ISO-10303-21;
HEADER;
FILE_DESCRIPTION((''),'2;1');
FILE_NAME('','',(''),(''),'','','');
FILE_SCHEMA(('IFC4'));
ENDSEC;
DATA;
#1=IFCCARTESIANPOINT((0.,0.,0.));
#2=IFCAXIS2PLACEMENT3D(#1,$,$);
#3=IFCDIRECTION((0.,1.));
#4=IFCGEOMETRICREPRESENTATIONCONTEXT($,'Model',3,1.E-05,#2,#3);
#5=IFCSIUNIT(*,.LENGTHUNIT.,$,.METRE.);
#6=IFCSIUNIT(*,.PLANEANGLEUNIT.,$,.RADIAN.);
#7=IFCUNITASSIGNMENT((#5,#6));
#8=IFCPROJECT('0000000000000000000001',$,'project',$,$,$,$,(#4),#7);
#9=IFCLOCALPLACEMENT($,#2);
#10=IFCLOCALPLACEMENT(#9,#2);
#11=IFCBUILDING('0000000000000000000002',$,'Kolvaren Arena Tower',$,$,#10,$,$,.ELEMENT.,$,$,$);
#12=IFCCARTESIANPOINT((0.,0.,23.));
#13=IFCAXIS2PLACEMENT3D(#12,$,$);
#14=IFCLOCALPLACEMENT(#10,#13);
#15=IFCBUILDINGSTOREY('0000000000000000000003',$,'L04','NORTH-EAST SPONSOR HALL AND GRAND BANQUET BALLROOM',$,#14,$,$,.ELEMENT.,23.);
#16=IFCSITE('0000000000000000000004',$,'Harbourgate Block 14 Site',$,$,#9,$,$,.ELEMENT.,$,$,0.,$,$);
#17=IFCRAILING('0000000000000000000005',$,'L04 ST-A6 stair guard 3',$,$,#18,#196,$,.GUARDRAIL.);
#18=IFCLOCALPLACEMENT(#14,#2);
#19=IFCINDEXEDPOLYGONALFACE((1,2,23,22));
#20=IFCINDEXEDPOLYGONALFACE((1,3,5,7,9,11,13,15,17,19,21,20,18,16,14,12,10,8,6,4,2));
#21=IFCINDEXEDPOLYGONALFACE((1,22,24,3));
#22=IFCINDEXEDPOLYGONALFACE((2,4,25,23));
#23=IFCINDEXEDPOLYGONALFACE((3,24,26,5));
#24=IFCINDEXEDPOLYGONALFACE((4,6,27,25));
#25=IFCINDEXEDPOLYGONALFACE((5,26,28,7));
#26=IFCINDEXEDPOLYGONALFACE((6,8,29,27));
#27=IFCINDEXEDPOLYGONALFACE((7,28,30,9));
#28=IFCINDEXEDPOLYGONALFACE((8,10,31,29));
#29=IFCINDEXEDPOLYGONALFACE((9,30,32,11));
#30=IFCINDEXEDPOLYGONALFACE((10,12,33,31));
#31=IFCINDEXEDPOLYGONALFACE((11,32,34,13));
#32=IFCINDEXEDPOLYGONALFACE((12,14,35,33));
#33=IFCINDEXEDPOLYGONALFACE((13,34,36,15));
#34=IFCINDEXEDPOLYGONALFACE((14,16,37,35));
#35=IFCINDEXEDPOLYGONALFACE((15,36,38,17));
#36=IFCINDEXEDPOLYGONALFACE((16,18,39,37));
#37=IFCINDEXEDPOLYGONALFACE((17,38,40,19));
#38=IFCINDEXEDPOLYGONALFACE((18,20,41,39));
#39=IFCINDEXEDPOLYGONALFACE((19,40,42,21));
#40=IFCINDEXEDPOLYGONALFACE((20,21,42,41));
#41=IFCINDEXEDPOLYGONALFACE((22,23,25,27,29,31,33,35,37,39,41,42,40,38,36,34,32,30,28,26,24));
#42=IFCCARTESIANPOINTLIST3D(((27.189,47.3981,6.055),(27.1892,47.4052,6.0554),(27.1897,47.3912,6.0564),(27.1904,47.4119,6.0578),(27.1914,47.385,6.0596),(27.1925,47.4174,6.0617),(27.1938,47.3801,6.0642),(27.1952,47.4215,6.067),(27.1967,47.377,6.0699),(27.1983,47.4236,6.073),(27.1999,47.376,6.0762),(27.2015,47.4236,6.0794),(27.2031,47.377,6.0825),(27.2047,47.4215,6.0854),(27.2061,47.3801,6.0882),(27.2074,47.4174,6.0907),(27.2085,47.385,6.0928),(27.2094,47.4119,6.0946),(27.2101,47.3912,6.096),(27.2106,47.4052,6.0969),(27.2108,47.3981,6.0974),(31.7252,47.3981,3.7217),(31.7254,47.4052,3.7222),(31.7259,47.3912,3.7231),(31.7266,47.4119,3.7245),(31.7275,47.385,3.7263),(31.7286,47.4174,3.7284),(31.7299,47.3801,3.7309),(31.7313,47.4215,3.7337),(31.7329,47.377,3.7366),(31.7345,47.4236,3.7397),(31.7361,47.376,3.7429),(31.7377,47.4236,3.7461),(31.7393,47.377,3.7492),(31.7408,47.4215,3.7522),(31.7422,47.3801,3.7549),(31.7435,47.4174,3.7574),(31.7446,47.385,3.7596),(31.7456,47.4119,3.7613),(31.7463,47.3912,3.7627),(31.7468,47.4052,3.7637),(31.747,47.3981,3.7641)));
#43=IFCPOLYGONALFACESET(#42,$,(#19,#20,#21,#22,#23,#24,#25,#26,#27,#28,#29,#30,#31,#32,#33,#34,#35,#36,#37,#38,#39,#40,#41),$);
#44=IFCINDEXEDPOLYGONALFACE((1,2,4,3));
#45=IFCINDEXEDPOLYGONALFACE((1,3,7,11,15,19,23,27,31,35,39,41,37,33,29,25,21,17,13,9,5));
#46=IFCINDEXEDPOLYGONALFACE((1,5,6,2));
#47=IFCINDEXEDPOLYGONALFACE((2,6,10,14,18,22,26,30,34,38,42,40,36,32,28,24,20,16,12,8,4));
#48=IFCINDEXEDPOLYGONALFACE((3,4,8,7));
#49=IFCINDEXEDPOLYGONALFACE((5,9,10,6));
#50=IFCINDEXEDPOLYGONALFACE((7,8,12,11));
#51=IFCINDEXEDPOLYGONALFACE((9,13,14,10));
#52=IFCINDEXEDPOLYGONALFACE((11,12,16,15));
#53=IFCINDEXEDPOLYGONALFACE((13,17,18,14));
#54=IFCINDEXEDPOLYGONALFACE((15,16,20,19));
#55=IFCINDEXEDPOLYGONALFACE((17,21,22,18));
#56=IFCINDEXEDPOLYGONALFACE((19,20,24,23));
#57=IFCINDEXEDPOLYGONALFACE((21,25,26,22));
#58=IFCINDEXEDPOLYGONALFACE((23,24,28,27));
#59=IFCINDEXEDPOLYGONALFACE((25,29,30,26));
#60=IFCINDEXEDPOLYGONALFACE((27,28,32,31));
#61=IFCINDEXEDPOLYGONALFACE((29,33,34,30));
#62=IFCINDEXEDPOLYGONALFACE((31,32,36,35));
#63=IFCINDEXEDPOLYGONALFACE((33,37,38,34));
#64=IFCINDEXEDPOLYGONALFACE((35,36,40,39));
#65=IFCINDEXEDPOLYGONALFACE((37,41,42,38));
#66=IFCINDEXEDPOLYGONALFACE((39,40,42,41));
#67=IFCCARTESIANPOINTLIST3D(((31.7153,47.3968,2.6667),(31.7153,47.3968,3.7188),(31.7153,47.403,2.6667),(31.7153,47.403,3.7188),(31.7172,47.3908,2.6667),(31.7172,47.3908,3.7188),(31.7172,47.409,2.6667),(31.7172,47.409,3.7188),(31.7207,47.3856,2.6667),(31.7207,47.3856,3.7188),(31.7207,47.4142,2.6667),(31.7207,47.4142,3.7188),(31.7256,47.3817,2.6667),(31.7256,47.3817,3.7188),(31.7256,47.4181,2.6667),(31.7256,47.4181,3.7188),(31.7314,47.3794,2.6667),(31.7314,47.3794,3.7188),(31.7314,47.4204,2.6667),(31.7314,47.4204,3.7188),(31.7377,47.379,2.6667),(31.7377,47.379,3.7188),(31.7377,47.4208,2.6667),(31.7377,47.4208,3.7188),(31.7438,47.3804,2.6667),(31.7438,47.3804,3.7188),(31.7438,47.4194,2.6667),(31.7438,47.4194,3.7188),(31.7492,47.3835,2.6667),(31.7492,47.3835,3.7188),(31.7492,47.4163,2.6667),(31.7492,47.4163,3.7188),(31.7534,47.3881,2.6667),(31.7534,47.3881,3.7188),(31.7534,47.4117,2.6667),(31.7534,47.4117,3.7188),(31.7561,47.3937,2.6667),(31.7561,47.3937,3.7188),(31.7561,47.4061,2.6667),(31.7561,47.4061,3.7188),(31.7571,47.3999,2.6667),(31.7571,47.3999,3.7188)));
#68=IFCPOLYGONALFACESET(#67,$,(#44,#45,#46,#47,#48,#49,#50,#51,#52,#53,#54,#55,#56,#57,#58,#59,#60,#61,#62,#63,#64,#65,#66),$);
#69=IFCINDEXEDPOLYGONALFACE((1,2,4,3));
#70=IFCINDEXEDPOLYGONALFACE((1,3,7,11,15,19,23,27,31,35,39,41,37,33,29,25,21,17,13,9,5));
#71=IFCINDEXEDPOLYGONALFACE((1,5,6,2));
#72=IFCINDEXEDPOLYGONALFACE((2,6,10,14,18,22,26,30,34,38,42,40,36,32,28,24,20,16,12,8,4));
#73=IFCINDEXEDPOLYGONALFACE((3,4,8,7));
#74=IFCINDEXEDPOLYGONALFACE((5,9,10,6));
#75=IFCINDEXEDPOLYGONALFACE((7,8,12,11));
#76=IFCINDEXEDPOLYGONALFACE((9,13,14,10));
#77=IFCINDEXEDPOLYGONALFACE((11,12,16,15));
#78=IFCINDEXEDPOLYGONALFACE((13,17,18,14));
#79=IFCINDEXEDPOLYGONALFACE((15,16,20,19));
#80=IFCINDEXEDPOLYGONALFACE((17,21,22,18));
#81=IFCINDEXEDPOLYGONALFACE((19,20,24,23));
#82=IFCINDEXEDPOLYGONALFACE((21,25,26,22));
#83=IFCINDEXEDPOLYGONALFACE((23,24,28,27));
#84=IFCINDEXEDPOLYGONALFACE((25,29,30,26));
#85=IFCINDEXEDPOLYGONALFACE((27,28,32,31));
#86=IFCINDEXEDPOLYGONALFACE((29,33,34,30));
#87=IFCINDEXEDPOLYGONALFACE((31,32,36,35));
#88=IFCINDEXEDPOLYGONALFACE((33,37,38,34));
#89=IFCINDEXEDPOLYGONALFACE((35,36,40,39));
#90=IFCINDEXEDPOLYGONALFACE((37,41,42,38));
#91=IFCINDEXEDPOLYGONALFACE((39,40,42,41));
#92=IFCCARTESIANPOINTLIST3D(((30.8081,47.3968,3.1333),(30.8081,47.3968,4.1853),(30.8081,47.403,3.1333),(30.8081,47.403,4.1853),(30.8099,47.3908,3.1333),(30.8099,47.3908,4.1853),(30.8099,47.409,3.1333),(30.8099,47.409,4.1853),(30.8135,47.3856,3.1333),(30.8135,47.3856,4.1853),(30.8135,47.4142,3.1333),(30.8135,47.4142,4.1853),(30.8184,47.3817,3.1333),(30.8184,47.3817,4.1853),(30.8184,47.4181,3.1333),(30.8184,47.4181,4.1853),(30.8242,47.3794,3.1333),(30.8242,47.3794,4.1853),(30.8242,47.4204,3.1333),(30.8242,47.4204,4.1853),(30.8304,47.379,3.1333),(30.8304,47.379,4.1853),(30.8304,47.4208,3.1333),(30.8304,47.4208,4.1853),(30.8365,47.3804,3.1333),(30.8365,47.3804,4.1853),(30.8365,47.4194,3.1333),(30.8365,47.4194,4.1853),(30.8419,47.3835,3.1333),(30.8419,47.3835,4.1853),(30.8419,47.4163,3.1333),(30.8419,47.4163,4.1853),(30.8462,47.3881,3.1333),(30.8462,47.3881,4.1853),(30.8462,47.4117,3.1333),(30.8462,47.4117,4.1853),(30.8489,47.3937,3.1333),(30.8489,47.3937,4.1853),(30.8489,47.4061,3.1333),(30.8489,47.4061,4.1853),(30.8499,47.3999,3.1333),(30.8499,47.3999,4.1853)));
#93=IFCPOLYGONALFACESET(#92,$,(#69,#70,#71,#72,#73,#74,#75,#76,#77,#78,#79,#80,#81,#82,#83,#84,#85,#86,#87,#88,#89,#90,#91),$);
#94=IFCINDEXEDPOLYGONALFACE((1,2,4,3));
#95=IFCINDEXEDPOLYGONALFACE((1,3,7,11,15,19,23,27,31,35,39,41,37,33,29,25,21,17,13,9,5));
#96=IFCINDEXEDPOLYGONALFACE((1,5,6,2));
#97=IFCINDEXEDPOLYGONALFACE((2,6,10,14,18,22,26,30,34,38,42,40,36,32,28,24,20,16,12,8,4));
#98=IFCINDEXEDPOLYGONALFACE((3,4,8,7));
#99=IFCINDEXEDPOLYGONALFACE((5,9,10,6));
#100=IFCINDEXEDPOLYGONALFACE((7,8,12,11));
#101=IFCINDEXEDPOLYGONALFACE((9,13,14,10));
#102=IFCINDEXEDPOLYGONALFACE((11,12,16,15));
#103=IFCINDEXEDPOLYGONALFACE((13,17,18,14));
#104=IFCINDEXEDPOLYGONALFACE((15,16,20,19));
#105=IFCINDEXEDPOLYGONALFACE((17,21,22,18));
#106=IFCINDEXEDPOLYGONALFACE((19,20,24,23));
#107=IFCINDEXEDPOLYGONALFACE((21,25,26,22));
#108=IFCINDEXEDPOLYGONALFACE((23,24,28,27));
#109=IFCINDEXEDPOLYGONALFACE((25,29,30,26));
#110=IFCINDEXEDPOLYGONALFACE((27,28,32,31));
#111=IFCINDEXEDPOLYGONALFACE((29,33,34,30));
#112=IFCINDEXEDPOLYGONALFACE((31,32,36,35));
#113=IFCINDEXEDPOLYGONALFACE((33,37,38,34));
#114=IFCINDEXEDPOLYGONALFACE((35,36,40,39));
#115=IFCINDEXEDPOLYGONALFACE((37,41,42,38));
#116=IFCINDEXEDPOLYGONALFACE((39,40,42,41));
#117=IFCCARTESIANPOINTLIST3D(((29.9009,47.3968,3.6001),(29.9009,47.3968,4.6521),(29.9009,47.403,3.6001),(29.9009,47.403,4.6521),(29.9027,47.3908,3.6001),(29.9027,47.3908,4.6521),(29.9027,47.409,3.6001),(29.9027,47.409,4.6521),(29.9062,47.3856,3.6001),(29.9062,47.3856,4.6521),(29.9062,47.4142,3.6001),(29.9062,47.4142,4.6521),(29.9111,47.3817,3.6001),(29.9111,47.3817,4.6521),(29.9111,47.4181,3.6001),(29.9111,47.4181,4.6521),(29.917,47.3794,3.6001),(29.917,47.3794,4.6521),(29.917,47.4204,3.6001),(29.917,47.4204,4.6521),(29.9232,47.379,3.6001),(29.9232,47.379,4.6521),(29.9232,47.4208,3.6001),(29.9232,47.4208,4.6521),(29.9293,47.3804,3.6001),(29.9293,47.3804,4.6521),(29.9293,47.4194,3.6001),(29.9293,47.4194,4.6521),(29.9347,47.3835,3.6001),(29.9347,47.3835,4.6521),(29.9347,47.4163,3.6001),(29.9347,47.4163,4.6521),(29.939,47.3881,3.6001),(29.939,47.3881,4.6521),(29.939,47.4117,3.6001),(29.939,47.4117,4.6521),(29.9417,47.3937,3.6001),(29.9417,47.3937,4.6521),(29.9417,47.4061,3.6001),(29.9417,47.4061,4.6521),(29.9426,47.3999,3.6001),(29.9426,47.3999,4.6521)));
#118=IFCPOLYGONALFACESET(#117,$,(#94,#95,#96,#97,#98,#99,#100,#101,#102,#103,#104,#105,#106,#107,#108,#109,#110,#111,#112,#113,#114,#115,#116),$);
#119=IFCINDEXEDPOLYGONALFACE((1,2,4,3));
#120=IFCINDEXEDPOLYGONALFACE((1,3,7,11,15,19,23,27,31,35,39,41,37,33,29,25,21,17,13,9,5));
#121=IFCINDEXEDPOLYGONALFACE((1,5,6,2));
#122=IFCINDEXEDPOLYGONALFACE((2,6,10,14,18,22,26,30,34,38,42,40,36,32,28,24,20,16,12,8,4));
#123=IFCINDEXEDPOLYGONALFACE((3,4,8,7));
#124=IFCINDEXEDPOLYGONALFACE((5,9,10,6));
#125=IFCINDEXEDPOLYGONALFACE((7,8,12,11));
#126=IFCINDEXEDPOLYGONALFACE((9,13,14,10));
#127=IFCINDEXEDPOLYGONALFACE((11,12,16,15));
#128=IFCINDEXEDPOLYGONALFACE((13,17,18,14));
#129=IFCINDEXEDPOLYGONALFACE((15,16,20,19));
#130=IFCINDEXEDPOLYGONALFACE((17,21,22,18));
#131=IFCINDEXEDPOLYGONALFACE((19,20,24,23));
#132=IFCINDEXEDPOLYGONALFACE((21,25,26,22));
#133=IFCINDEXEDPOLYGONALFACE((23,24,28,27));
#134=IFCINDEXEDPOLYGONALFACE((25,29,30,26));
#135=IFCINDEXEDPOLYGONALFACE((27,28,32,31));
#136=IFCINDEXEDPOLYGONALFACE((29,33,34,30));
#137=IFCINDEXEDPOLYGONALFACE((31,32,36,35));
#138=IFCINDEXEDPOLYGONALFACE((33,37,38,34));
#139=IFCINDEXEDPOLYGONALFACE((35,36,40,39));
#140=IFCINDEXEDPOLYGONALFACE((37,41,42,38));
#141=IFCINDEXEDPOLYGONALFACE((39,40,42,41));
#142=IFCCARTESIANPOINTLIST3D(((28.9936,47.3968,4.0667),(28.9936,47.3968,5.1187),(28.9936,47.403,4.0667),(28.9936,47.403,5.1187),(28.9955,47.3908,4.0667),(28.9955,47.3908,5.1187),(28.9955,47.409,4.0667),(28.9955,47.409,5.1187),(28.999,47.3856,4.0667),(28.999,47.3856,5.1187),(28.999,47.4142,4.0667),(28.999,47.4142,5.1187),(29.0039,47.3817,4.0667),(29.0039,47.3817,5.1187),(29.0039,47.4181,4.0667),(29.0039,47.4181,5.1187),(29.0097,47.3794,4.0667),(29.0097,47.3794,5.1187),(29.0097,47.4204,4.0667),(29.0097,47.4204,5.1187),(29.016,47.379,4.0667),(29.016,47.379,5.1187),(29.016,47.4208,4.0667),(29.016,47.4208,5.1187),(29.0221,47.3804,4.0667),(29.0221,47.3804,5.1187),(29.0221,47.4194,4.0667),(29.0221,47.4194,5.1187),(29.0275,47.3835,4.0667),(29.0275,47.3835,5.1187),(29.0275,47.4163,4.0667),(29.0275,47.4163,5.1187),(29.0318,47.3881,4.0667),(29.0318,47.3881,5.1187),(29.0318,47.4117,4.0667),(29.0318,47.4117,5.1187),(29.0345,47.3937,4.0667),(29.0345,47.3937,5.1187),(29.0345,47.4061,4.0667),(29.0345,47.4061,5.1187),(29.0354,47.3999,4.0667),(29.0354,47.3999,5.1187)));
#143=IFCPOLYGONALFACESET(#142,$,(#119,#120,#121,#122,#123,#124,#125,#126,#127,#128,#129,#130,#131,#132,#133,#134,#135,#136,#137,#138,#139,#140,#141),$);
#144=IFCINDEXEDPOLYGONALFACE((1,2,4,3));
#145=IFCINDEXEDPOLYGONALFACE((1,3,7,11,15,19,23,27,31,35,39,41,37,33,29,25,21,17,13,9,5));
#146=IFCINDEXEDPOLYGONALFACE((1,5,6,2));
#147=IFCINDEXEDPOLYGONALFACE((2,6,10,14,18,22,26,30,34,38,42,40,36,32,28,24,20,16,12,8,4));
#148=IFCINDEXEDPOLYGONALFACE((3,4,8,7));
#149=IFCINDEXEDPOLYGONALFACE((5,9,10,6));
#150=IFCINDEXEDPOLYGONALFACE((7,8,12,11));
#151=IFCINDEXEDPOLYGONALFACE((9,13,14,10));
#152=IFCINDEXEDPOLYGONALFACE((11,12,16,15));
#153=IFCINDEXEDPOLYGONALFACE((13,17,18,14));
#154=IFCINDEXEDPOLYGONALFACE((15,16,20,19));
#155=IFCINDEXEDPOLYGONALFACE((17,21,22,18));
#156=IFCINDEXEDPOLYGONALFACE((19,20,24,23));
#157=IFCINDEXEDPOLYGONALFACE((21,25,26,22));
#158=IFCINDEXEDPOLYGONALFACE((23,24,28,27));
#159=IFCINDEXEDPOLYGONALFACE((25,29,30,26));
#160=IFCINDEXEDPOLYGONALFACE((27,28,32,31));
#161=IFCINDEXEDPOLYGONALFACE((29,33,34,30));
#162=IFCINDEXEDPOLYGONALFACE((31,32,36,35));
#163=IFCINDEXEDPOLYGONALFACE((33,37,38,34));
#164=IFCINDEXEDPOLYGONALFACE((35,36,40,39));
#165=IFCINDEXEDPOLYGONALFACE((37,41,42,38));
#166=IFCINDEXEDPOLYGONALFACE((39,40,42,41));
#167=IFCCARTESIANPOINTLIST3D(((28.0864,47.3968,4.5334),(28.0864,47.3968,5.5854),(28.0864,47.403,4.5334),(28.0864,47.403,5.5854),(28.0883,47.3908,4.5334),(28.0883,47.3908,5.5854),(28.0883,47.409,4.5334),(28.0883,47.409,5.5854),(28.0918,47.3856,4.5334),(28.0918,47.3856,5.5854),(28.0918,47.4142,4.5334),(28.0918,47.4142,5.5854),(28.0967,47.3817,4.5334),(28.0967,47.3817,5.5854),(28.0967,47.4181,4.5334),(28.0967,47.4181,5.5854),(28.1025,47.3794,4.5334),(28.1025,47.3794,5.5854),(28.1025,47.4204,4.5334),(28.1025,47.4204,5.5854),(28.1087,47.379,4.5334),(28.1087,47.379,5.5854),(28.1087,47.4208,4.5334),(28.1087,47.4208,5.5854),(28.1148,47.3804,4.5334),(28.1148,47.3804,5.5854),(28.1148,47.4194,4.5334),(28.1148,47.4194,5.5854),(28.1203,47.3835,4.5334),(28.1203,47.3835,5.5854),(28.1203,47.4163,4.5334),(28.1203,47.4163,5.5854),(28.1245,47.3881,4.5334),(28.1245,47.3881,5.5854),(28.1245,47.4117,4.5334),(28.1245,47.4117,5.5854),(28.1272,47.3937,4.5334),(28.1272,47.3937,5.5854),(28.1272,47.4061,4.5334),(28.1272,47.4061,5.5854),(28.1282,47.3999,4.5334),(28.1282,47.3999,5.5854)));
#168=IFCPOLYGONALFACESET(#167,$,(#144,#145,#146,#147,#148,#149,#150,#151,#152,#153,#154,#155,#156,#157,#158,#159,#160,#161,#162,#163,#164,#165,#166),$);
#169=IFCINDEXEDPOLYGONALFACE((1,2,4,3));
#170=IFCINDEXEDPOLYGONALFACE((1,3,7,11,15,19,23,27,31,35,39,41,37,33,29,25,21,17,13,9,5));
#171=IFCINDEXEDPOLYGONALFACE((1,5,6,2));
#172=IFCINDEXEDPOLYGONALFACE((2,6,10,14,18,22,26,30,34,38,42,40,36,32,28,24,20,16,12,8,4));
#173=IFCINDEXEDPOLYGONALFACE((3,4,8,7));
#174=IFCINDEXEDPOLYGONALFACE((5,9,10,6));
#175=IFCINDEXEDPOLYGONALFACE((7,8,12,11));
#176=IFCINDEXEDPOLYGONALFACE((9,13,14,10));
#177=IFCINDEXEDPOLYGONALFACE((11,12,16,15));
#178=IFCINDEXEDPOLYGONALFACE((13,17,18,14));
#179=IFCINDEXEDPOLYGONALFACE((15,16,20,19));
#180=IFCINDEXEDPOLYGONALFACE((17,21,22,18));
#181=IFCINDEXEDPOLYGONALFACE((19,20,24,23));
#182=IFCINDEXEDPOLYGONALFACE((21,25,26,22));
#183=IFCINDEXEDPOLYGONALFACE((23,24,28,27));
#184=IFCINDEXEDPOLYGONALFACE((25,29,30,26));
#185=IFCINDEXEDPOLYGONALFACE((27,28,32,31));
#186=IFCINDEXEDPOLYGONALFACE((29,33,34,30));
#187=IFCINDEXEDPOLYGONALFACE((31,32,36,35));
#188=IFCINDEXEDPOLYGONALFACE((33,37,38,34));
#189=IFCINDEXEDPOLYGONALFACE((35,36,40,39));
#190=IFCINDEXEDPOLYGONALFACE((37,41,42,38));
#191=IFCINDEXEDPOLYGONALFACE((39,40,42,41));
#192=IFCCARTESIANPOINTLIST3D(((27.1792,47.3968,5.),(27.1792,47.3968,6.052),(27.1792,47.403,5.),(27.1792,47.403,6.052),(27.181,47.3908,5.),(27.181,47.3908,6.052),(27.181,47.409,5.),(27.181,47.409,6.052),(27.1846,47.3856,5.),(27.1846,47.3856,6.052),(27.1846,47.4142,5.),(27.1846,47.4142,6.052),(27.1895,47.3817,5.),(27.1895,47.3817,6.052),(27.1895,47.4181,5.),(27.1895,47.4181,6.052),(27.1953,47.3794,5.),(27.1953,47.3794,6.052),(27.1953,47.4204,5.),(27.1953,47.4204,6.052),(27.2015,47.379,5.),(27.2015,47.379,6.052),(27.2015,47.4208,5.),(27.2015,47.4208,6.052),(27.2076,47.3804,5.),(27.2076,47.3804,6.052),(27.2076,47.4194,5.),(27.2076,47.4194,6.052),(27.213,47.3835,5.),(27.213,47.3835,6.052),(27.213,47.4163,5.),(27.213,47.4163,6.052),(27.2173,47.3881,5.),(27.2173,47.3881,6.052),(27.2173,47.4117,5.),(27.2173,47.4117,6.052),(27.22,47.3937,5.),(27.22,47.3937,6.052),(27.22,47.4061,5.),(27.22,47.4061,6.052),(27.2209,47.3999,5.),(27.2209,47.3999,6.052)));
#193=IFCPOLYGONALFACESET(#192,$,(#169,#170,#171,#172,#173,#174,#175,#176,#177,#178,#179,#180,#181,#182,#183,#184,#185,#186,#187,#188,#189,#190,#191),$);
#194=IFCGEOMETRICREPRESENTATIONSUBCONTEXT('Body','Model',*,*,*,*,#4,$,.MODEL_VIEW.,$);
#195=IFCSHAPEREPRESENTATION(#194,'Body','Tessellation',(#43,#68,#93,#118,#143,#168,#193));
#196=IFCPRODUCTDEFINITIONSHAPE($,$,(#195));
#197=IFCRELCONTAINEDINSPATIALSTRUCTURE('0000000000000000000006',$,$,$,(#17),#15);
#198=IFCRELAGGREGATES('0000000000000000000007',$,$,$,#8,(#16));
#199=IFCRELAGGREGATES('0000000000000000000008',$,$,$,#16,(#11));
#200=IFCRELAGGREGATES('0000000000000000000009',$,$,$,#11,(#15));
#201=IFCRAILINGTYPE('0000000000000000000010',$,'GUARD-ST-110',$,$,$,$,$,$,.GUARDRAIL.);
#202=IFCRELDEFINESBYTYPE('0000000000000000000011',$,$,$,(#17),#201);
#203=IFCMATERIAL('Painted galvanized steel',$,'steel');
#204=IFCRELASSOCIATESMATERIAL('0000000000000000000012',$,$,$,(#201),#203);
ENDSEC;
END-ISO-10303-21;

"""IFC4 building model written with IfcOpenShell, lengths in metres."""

from ifc_helpers import new_model, si_unit, direction, frame, origin, origin_2d, place, context, subcontext, project, spatial, circle, extrude, material, type_object, element, save


model = new_model("IFC4")

# Units and contexts
model_context = context("Model", 3, precision=1e-05, world=origin(), true_north=direction((0.0, 1.0)))
body_context = subcontext(model_context, "Body", "Model", "MODEL_VIEW")
ifc_project = project(units=[si_unit("LENGTHUNIT", "METRE"), si_unit("PLANEANGLEUNIT", "RADIAN")], contexts=[model_context])

# Site, building, storey
site_placement = place(None, origin())
site = spatial("IfcSite", under=ifc_project, at=site_placement, Name="Harbourgate Block 14 Site", CompositionType="ELEMENT", RefElevation=0.0)
building_placement = place(site_placement, origin())
building = spatial("IfcBuilding", under=site, at=building_placement, Name="Kolvaren Arena Tower", CompositionType="ELEMENT")
storey_placement = place(building_placement, frame((0.0, 0.0, 23.0)))
storey = spatial("IfcBuildingStorey", under=building, at=storey_placement, Name="L04", Description="NORTH-EAST SPONSOR HALL AND GRAND BANQUET BALLROOM", CompositionType="ELEMENT", Elevation=23.0)

# Railing
ifc_material_1 = material(Name="Painted galvanized steel", Category="steel")
railing_type_1 = type_object("IfcRailingType", Name="GUARD-ST-110", PredefinedType="GUARDRAIL", material=ifc_material_1)
railing_1_placement = place(storey_placement, frame((31.7361, 47.3999, 2.6667)))
element("IfcRailing", 1, at=railing_1_placement, inside=storey, type_object=railing_type_1, Name="L04 ST-A6 stair guard 3", PredefinedType="GUARDRAIL", context=body_context, shape_type="SweptSolid", body=[
    extrude(circle(Radius=0.0239, at=origin_2d()), frame((0.0, 0.0, 1.0762), z_axis=(-0.889257, 0.0, 0.457407), x_axis=(0.0, -1.0, 0.0)), (0.0, 0.0, 1.0), 5.1011),
    extrude(circle(Radius=0.021, at=origin_2d()), origin(), (0.0, 0.0, 1.0), 1.052),
    extrude(circle(Radius=0.021, at=origin_2d()), frame((-0.9072, 0.0, 0.4666)), (0.0, 0.0, 1.0), 1.052),
    extrude(circle(Radius=0.021, at=origin_2d()), frame((-1.8145, 0.0, 0.9333)), (0.0, 0.0, 1.0), 1.052),
    extrude(circle(Radius=0.021, at=origin_2d()), frame((-2.7217, 0.0, 1.3999)), (0.0, 0.0, 1.0), 1.052),
    extrude(circle(Radius=0.021, at=origin_2d()), frame((-3.6289, 0.0, 1.8667)), (0.0, 0.0, 1.0), 1.052),
    extrude(circle(Radius=0.021, at=origin_2d()), frame((-4.5361, 0.0, 2.3333)), (0.0, 0.0, 1.0), 1.052),
])

save(model, "model.ifc")
